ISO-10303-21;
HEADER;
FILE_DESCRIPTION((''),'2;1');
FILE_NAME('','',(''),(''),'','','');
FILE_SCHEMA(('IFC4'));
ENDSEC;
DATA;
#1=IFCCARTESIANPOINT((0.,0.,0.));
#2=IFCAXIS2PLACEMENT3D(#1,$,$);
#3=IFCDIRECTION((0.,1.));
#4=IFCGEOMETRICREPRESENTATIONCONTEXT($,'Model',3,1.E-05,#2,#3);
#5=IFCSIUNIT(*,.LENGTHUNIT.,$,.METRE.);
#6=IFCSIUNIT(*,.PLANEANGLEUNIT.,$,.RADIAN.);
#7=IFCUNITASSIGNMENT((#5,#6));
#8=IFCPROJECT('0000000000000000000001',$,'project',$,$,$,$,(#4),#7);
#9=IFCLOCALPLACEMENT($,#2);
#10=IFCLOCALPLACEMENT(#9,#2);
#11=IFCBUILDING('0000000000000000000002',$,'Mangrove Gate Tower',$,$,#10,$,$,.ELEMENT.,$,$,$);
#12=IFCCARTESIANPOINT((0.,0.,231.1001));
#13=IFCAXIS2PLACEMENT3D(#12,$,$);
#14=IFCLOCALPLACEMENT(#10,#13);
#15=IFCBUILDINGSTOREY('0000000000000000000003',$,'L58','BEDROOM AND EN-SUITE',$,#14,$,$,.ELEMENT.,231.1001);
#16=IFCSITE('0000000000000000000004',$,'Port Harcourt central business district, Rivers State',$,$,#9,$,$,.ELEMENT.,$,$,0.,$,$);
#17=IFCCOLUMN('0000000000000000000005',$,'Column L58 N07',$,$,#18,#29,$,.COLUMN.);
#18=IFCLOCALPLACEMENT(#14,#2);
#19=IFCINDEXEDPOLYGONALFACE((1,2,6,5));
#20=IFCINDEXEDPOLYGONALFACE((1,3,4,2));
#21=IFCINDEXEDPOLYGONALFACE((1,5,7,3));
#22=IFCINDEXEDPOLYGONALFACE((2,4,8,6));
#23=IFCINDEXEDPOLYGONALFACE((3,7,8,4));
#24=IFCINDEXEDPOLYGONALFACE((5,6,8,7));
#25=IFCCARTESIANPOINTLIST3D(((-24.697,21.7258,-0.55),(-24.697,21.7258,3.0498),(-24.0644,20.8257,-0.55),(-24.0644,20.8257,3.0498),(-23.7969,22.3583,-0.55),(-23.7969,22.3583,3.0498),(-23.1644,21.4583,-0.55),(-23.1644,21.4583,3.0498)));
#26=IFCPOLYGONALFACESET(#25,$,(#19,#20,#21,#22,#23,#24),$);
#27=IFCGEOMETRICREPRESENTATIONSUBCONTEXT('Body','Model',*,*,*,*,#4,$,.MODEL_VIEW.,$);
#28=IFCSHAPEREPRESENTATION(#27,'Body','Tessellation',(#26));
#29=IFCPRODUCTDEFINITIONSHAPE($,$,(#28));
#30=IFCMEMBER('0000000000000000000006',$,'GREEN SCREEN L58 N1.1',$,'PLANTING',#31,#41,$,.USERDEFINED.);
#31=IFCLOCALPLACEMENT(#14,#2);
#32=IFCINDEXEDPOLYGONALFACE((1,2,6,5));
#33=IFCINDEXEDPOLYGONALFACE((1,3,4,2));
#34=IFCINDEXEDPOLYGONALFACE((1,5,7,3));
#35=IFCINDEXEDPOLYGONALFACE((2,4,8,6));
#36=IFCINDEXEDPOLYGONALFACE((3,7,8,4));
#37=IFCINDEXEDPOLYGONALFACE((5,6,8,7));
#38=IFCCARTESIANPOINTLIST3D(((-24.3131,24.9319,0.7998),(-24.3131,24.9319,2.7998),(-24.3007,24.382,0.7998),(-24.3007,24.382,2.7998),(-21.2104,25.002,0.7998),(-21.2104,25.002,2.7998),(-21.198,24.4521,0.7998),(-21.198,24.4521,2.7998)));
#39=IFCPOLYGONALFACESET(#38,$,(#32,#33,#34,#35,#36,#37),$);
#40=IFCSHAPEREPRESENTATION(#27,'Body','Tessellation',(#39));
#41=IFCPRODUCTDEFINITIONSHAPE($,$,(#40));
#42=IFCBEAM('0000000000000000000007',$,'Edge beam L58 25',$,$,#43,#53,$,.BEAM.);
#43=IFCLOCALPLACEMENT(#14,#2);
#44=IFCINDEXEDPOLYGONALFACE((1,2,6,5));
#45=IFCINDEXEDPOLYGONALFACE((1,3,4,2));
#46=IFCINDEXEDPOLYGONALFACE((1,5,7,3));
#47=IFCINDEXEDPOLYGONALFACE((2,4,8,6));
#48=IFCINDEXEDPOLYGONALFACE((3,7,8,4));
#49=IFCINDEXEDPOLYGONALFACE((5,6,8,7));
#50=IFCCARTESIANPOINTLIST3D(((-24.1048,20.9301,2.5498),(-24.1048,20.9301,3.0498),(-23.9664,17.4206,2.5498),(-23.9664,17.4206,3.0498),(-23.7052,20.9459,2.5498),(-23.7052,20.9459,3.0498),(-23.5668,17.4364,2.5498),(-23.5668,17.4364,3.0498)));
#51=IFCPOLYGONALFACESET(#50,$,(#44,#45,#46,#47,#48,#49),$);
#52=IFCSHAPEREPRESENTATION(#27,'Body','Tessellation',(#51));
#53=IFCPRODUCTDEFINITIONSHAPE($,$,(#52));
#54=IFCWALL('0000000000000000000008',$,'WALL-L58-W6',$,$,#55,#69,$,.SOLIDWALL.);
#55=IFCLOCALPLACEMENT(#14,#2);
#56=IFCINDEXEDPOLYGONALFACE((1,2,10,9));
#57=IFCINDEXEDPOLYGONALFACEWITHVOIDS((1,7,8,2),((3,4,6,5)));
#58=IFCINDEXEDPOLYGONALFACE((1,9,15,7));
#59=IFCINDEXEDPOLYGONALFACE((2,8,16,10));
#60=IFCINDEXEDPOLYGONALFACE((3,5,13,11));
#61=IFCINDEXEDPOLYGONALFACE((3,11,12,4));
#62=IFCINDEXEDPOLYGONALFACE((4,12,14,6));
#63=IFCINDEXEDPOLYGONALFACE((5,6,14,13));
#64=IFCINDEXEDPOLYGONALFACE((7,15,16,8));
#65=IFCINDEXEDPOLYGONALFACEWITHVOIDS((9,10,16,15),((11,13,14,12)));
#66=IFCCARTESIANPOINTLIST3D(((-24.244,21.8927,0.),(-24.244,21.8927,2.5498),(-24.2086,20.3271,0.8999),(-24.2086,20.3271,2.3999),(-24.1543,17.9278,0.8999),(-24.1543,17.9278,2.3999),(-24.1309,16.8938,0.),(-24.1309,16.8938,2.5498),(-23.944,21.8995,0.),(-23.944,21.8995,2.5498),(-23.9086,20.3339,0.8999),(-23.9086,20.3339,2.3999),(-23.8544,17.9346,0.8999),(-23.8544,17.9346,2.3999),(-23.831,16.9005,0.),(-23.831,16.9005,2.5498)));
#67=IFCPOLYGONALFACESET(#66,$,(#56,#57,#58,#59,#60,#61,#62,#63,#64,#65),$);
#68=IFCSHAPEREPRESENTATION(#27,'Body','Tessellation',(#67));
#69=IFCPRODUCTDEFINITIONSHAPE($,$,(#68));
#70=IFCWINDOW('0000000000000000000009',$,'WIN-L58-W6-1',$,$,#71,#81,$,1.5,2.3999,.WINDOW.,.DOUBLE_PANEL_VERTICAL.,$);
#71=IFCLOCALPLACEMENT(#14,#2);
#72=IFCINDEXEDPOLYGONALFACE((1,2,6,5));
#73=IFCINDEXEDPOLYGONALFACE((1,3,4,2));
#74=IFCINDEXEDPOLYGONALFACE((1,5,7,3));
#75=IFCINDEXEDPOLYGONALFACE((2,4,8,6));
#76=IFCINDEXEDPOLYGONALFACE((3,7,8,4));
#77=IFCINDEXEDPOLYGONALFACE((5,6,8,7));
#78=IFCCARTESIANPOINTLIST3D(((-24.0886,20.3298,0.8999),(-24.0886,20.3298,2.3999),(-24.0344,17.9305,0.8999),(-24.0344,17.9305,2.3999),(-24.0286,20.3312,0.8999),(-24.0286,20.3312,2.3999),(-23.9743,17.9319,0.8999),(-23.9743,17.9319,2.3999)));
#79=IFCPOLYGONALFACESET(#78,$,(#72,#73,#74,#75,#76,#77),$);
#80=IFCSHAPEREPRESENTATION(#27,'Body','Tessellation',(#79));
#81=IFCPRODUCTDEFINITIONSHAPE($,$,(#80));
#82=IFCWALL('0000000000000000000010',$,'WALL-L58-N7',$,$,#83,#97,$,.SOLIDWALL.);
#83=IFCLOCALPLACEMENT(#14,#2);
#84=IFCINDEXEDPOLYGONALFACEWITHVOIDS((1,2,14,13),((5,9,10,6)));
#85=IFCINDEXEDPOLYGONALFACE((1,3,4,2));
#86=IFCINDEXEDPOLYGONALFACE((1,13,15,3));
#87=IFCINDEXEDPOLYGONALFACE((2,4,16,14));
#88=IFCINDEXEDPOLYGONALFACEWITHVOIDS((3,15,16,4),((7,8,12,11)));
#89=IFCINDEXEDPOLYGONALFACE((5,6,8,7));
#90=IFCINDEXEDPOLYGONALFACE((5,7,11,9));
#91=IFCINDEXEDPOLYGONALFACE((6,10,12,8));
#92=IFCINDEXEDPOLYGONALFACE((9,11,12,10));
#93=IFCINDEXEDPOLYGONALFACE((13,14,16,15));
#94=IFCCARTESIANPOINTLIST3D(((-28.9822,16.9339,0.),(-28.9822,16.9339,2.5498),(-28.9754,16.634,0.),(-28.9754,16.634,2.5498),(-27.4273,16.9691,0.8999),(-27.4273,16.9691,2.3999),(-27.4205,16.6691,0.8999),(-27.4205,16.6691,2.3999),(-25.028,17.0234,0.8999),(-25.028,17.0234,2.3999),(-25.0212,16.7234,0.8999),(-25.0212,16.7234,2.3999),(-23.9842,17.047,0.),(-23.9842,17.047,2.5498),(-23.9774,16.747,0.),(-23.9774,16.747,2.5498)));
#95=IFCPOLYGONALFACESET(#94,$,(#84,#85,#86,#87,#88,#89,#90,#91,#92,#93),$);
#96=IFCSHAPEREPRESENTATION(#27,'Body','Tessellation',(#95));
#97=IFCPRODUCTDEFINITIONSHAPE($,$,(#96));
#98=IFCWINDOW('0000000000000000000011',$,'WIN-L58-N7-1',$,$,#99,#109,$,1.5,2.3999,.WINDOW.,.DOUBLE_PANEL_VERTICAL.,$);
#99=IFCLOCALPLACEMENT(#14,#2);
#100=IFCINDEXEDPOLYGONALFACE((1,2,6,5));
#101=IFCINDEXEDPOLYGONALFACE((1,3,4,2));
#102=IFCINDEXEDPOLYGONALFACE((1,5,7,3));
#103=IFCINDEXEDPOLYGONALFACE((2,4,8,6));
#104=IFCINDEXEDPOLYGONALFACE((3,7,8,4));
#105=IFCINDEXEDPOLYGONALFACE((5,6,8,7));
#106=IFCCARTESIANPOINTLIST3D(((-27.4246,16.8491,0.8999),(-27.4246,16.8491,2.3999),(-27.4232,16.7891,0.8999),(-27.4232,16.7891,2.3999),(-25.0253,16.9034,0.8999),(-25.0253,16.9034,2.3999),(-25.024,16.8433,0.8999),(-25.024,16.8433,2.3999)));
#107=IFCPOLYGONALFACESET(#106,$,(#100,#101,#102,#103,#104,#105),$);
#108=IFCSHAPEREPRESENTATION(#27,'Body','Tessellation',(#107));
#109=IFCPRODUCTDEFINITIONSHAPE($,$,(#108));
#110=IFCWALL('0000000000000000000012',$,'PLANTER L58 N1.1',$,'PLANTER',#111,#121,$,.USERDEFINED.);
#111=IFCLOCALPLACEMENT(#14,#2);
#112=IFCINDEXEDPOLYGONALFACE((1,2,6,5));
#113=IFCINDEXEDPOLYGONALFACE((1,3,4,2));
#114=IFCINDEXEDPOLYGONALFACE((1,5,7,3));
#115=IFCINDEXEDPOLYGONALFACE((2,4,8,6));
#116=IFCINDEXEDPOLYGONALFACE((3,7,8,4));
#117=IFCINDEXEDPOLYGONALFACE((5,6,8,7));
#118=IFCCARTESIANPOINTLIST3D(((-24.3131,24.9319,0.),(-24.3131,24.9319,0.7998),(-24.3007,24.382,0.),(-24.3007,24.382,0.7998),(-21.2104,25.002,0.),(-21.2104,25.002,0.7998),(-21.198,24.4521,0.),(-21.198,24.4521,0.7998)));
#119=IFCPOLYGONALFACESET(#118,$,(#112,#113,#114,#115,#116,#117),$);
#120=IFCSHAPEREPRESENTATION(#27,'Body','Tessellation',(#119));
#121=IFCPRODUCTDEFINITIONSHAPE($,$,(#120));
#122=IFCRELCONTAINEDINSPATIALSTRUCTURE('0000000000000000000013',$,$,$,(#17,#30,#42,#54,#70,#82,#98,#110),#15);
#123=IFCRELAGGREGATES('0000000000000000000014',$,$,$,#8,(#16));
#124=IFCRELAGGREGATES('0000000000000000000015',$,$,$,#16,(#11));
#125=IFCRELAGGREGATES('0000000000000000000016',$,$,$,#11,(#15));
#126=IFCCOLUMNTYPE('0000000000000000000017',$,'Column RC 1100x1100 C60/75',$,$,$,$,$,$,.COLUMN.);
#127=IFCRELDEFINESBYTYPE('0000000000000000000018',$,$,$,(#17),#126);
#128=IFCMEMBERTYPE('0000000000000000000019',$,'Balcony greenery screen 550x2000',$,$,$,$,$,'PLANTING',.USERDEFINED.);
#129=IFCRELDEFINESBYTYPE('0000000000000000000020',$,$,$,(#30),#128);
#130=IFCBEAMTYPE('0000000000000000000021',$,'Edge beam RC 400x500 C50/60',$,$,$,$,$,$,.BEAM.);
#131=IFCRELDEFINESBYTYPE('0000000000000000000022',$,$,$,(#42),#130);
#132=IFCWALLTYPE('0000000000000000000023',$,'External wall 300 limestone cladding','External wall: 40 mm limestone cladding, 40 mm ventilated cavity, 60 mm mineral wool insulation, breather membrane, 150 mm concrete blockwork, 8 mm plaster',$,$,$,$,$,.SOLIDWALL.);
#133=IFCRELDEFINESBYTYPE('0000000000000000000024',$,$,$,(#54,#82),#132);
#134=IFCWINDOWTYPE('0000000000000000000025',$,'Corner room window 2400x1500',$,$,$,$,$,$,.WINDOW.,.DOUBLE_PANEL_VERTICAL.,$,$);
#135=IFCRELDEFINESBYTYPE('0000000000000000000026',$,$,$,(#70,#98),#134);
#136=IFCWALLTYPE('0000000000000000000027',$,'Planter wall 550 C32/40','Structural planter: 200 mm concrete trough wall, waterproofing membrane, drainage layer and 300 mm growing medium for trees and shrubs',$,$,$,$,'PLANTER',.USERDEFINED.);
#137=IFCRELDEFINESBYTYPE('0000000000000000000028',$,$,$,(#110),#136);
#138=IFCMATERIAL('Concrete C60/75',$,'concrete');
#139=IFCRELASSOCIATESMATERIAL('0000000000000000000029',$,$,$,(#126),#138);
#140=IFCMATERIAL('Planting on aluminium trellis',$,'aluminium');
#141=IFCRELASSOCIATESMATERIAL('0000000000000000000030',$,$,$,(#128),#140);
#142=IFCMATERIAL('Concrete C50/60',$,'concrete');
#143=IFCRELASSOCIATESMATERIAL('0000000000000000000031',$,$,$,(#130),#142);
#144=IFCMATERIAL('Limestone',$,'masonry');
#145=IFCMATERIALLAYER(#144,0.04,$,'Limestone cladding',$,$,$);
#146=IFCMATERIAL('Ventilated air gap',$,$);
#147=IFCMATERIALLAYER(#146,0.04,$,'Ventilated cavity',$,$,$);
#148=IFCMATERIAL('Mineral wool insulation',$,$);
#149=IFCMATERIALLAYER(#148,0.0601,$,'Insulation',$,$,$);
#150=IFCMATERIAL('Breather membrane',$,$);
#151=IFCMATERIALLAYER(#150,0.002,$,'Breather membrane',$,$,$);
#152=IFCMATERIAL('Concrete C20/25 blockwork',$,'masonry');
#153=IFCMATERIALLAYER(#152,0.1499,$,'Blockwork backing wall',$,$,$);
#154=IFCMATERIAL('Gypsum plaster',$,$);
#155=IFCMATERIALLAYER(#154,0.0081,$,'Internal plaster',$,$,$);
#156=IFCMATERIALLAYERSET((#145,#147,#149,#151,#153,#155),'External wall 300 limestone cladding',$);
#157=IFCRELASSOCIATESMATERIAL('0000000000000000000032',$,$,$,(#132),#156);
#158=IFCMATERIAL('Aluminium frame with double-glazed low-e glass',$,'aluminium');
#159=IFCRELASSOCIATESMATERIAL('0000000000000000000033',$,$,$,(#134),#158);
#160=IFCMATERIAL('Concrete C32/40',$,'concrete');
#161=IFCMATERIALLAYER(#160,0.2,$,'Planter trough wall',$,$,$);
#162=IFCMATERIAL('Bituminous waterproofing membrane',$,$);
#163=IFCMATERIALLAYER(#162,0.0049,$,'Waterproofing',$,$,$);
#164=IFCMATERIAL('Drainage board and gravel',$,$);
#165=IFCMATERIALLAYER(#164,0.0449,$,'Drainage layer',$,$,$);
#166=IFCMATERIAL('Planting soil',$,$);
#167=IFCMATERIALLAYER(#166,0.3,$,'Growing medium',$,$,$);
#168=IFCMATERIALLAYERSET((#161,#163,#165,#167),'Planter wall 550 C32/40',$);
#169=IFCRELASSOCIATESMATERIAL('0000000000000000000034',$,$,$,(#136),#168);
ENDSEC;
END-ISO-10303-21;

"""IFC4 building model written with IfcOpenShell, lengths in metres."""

from ifc_helpers import new_model, si_unit, direction, frame, frame_2d, origin, origin_2d, place, context, subcontext, project, spatial, rectangle, extrude, material, layer, layer_set, material_profile, profile_set, type_object, element, fill, save


model = new_model("IFC4")

# Units and contexts
model_context = context("Model", 3, precision=1e-05, world=origin(), true_north=direction((0.0, 1.0)))
body_context = subcontext(model_context, "Body", "Model", "MODEL_VIEW")
ifc_project = project(units=[si_unit("LENGTHUNIT", "METRE"), si_unit("PLANEANGLEUNIT", "RADIAN")], contexts=[model_context])

# Site, building, storey
site_placement = place(None, origin())
site = spatial("IfcSite", under=ifc_project, at=site_placement, Name="Port Harcourt central business district, Rivers State", CompositionType="ELEMENT", RefElevation=0.0)
building_placement = place(site_placement, origin())
building = spatial("IfcBuilding", under=site, at=building_placement, Name="Mangrove Gate Tower", CompositionType="ELEMENT")
storey_placement = place(building_placement, frame((0.0, 0.0, 231.1001)))
storey = spatial("IfcBuildingStorey", under=building, at=storey_placement, Name="L58", Description="BEDROOM AND EN-SUITE", CompositionType="ELEMENT", Elevation=231.1001)

# Column
ifc_material_1 = material(Name="Concrete C60/75", Category="concrete")
ifc_material_profile_1 = material_profile(ifc_material_1, rectangle(XDim=1.1001, YDim=1.1001, at=origin_2d()))
ifc_profile_set_1 = profile_set([ifc_material_profile_1], Name="Concrete C60/75")
column_type = type_object("IfcColumnType", Name="Column RC 1100x1100 C60/75", PredefinedType="COLUMN", material=ifc_profile_set_1)
column_placement = place(storey_placement, frame((-23.9307, 21.592, -0.55), z_axis=(0.0, 0.0, 1.0), x_axis=(-0.818138, -0.575022, 0.0)))
element("IfcColumn", 1, at=column_placement, inside=storey, type_object=column_type, Name="Column L58 N07", PredefinedType="COLUMN", context=body_context, shape_type="SweptSolid", body=[
    extrude(rectangle(XDim=1.1001, YDim=1.1001, at=origin_2d()), origin(), (0.0, 0.0, 1.0), 3.5999),
])

# Member
ifc_material_2 = material(Name="Planting on aluminium trellis", Category="aluminium")
ifc_material_profile_2 = material_profile(ifc_material_2, rectangle(XDim=0.55, YDim=2.0, at=origin_2d()))
ifc_profile_set_2 = profile_set([ifc_material_profile_2], Name="Planting on aluminium trellis")
member_type = type_object("IfcMemberType", Name="Balcony greenery screen 550x2000", ElementType="PLANTING", PredefinedType="USERDEFINED", material=ifc_profile_set_2)
member_placement = place(storey_placement, frame((-24.3069, 24.657, 1.7998), z_axis=(0.999745, 0.022577, 0.0), x_axis=(-0.022577, 0.999745, 0.0)))
element("IfcMember", 2, at=member_placement, inside=storey, type_object=member_type, Name="GREEN SCREEN L58 N1.1", ObjectType="PLANTING", PredefinedType="USERDEFINED", context=body_context, shape_type="SweptSolid", body=[
    extrude(rectangle(XDim=0.55, YDim=2.0, at=origin_2d()), origin(), (0.0, 0.0, 1.0), 3.1035),
])

# Beam
ifc_material_3 = material(Name="Concrete C50/60", Category="concrete")
ifc_material_profile_3 = material_profile(ifc_material_3, rectangle(XDim=0.3999, YDim=0.5, at=origin_2d()))
ifc_profile_set_3 = profile_set([ifc_material_profile_3], Name="Concrete C50/60")
beam_type = type_object("IfcBeamType", Name="Edge beam RC 400x500 C50/60", PredefinedType="BEAM", material=ifc_profile_set_3)
beam_placement = place(storey_placement, frame((-23.905, 20.938, 2.7998), z_axis=(0.039413, -0.999223, 0.0), x_axis=(0.999223, 0.039413, 0.0)))
element("IfcBeam", 3, at=beam_placement, inside=storey, type_object=beam_type, Name="Edge beam L58 25", PredefinedType="BEAM", context=body_context, shape_type="SweptSolid", body=[
    extrude(rectangle(XDim=0.3999, YDim=0.5, at=origin_2d()), origin(), (0.0, 0.0, 1.0), 3.5122),
])

# Walls, openings, windows
ifc_material_4 = material(Name="Limestone", Category="masonry")
ifc_layer_1 = layer(ifc_material_4, 0.04, Name="Limestone cladding")
ifc_material_5 = material(Name="Ventilated air gap")
ifc_layer_2 = layer(ifc_material_5, 0.04, Name="Ventilated cavity")
ifc_material_6 = material(Name="Mineral wool insulation")
ifc_layer_3 = layer(ifc_material_6, 0.0601, Name="Insulation")
ifc_material_7 = material(Name="Breather membrane")
ifc_layer_4 = layer(ifc_material_7, 0.002, Name="Breather membrane")
ifc_material_8 = material(Name="Concrete C20/25 blockwork", Category="masonry")
ifc_layer_5 = layer(ifc_material_8, 0.1499, Name="Blockwork backing wall")
ifc_material_9 = material(Name="Gypsum plaster")
ifc_layer_6 = layer(ifc_material_9, 0.0081, Name="Internal plaster")
ifc_layer_set_1 = layer_set([ifc_layer_1, ifc_layer_2, ifc_layer_3, ifc_layer_4, ifc_layer_5, ifc_layer_6], Name="External wall 300 limestone cladding")
wall_type_1 = type_object("IfcWallType", Name="External wall 300 limestone cladding", Description="External wall: 40 mm limestone cladding, 40 mm ventilated cavity, 60 mm mineral wool insulation, breather membrane, 150 mm concrete blockwork, 8 mm plaster", PredefinedType="SOLIDWALL", material=ifc_layer_set_1)
wall_1_placement = place(storey_placement, frame((-24.094, 21.896, 0.0), z_axis=(0.0, 0.0, 1.0), x_axis=(0.022606, -0.999744, 0.0)))
wall_1 = element("IfcWall", 4, at=wall_1_placement, inside=storey, type_object=wall_type_1, Name="WALL-L58-W6", PredefinedType="SOLIDWALL", context=body_context, shape_type="SweptSolid", body=[
    extrude(rectangle(XDim=5.0002, YDim=0.3, at=frame_2d((2.5, 0.0))), origin(), (0.0, 0.0, 1.0), 2.5498),
])
opening_1_placement = place(wall_1_placement, frame((1.5659, 0.0, 0.8999)))
opening_1 = element("IfcOpeningElement", 5, at=opening_1_placement, cuts=wall_1, PredefinedType="OPENING", context=body_context, shape_type="SweptSolid", body=[
    extrude(rectangle(XDim=2.3999, YDim=1.5, at=frame_2d((1.2, 0.75))), frame((0.0, 0.1599, 0.0), z_axis=(0.0, -1.0, 0.0), x_axis=(1.0, 0.0, 0.0)), (0.0, 0.0, 1.0), 0.3201),
])
ifc_material_10 = material(Name="Aluminium frame with double-glazed low-e glass", Category="aluminium")
window_type_1 = type_object("IfcWindowType", Name="Corner room window 2400x1500", PartitioningType="DOUBLE_PANEL_VERTICAL", PredefinedType="WINDOW", material=ifc_material_10)
window_1_placement = place(opening_1_placement, origin())
window_1 = element("IfcWindow", 6, at=window_1_placement, inside=storey, type_object=window_type_1, Name="WIN-L58-W6-1", OverallHeight=1.5, OverallWidth=2.3999, PartitioningType="DOUBLE_PANEL_VERTICAL", PredefinedType="WINDOW", context=body_context, shape_type="SweptSolid", body=[
    extrude(rectangle(XDim=2.3999, YDim=1.5, at=frame_2d((1.2, 0.75))), frame((0.0, 0.03, 0.0), z_axis=(0.0, -1.0, 0.0), x_axis=(1.0, 0.0, 0.0)), (0.0, 0.0, 1.0), 0.0601),
])
fill(opening_1, window_1)
wall_2_placement = place(storey_placement, frame((-23.981, 16.897, 0.0), z_axis=(0.0, 0.0, 1.0), x_axis=(-0.999744, -0.02261, 0.0)))
wall_2 = element("IfcWall", 7, at=wall_2_placement, inside=storey, type_object=wall_type_1, Name="WALL-L58-N7", PredefinedType="SOLIDWALL", context=body_context, shape_type="SweptSolid", body=[
    extrude(rectangle(XDim=4.9993, YDim=0.3, at=frame_2d((2.4995, 0.0))), origin(), (0.0, 0.0, 1.0), 2.5498),
])
opening_2_placement = place(wall_2_placement, frame((1.0439, 0.0, 0.8999)))
opening_2 = element("IfcOpeningElement", 8, at=opening_2_placement, cuts=wall_2, PredefinedType="OPENING", context=body_context, shape_type="SweptSolid", body=[
    extrude(rectangle(XDim=2.3999, YDim=1.5, at=frame_2d((1.2, 0.75))), frame((0.0, 0.1599, 0.0), z_axis=(0.0, -1.0, 0.0), x_axis=(1.0, 0.0, 0.0)), (0.0, 0.0, 1.0), 0.3201),
])
window_2_placement = place(opening_2_placement, origin())
window_2 = element("IfcWindow", 9, at=window_2_placement, inside=storey, type_object=window_type_1, Name="WIN-L58-N7-1", OverallHeight=1.5, OverallWidth=2.3999, PartitioningType="DOUBLE_PANEL_VERTICAL", PredefinedType="WINDOW", context=body_context, shape_type="SweptSolid", body=[
    extrude(rectangle(XDim=2.3999, YDim=1.5, at=frame_2d((1.2, 0.75))), frame((0.0, 0.03, 0.0), z_axis=(0.0, -1.0, 0.0), x_axis=(1.0, 0.0, 0.0)), (0.0, 0.0, 1.0), 0.0601),
])
fill(opening_2, window_2)

# Wall
ifc_material_11 = material(Name="Concrete C32/40", Category="concrete")
ifc_layer_7 = layer(ifc_material_11, 0.2, Name="Planter trough wall")
ifc_material_12 = material(Name="Bituminous waterproofing membrane")
ifc_layer_8 = layer(ifc_material_12, 0.0049, Name="Waterproofing")
ifc_material_13 = material(Name="Drainage board and gravel")
ifc_layer_9 = layer(ifc_material_13, 0.0449, Name="Drainage layer")
ifc_material_14 = material(Name="Planting soil")
ifc_layer_10 = layer(ifc_material_14, 0.3, Name="Growing medium")
ifc_layer_set_2 = layer_set([ifc_layer_7, ifc_layer_8, ifc_layer_9, ifc_layer_10], Name="Planter wall 550 C32/40")
wall_type_2 = type_object("IfcWallType", Name="Planter wall 550 C32/40", Description="Structural planter: 200 mm concrete trough wall, waterproofing membrane, drainage layer and 300 mm growing medium for trees and shrubs", ElementType="PLANTER", PredefinedType="USERDEFINED", material=ifc_layer_set_2)
wall_3_placement = place(storey_placement, frame((-24.3069, 24.657, 0.0), z_axis=(0.0, 0.0, 1.0), x_axis=(0.999745, 0.022577, 0.0)))
element("IfcWall", 10, at=wall_3_placement, inside=storey, type_object=wall_type_2, Name="PLANTER L58 N1.1", ObjectType="PLANTER", PredefinedType="USERDEFINED", context=body_context, shape_type="SweptSolid", body=[
    extrude(rectangle(XDim=3.1035, YDim=0.55, at=frame_2d((1.5518, 0.0))), origin(), (0.0, 0.0, 1.0), 0.7998),
])

save(model, "model.ifc")
